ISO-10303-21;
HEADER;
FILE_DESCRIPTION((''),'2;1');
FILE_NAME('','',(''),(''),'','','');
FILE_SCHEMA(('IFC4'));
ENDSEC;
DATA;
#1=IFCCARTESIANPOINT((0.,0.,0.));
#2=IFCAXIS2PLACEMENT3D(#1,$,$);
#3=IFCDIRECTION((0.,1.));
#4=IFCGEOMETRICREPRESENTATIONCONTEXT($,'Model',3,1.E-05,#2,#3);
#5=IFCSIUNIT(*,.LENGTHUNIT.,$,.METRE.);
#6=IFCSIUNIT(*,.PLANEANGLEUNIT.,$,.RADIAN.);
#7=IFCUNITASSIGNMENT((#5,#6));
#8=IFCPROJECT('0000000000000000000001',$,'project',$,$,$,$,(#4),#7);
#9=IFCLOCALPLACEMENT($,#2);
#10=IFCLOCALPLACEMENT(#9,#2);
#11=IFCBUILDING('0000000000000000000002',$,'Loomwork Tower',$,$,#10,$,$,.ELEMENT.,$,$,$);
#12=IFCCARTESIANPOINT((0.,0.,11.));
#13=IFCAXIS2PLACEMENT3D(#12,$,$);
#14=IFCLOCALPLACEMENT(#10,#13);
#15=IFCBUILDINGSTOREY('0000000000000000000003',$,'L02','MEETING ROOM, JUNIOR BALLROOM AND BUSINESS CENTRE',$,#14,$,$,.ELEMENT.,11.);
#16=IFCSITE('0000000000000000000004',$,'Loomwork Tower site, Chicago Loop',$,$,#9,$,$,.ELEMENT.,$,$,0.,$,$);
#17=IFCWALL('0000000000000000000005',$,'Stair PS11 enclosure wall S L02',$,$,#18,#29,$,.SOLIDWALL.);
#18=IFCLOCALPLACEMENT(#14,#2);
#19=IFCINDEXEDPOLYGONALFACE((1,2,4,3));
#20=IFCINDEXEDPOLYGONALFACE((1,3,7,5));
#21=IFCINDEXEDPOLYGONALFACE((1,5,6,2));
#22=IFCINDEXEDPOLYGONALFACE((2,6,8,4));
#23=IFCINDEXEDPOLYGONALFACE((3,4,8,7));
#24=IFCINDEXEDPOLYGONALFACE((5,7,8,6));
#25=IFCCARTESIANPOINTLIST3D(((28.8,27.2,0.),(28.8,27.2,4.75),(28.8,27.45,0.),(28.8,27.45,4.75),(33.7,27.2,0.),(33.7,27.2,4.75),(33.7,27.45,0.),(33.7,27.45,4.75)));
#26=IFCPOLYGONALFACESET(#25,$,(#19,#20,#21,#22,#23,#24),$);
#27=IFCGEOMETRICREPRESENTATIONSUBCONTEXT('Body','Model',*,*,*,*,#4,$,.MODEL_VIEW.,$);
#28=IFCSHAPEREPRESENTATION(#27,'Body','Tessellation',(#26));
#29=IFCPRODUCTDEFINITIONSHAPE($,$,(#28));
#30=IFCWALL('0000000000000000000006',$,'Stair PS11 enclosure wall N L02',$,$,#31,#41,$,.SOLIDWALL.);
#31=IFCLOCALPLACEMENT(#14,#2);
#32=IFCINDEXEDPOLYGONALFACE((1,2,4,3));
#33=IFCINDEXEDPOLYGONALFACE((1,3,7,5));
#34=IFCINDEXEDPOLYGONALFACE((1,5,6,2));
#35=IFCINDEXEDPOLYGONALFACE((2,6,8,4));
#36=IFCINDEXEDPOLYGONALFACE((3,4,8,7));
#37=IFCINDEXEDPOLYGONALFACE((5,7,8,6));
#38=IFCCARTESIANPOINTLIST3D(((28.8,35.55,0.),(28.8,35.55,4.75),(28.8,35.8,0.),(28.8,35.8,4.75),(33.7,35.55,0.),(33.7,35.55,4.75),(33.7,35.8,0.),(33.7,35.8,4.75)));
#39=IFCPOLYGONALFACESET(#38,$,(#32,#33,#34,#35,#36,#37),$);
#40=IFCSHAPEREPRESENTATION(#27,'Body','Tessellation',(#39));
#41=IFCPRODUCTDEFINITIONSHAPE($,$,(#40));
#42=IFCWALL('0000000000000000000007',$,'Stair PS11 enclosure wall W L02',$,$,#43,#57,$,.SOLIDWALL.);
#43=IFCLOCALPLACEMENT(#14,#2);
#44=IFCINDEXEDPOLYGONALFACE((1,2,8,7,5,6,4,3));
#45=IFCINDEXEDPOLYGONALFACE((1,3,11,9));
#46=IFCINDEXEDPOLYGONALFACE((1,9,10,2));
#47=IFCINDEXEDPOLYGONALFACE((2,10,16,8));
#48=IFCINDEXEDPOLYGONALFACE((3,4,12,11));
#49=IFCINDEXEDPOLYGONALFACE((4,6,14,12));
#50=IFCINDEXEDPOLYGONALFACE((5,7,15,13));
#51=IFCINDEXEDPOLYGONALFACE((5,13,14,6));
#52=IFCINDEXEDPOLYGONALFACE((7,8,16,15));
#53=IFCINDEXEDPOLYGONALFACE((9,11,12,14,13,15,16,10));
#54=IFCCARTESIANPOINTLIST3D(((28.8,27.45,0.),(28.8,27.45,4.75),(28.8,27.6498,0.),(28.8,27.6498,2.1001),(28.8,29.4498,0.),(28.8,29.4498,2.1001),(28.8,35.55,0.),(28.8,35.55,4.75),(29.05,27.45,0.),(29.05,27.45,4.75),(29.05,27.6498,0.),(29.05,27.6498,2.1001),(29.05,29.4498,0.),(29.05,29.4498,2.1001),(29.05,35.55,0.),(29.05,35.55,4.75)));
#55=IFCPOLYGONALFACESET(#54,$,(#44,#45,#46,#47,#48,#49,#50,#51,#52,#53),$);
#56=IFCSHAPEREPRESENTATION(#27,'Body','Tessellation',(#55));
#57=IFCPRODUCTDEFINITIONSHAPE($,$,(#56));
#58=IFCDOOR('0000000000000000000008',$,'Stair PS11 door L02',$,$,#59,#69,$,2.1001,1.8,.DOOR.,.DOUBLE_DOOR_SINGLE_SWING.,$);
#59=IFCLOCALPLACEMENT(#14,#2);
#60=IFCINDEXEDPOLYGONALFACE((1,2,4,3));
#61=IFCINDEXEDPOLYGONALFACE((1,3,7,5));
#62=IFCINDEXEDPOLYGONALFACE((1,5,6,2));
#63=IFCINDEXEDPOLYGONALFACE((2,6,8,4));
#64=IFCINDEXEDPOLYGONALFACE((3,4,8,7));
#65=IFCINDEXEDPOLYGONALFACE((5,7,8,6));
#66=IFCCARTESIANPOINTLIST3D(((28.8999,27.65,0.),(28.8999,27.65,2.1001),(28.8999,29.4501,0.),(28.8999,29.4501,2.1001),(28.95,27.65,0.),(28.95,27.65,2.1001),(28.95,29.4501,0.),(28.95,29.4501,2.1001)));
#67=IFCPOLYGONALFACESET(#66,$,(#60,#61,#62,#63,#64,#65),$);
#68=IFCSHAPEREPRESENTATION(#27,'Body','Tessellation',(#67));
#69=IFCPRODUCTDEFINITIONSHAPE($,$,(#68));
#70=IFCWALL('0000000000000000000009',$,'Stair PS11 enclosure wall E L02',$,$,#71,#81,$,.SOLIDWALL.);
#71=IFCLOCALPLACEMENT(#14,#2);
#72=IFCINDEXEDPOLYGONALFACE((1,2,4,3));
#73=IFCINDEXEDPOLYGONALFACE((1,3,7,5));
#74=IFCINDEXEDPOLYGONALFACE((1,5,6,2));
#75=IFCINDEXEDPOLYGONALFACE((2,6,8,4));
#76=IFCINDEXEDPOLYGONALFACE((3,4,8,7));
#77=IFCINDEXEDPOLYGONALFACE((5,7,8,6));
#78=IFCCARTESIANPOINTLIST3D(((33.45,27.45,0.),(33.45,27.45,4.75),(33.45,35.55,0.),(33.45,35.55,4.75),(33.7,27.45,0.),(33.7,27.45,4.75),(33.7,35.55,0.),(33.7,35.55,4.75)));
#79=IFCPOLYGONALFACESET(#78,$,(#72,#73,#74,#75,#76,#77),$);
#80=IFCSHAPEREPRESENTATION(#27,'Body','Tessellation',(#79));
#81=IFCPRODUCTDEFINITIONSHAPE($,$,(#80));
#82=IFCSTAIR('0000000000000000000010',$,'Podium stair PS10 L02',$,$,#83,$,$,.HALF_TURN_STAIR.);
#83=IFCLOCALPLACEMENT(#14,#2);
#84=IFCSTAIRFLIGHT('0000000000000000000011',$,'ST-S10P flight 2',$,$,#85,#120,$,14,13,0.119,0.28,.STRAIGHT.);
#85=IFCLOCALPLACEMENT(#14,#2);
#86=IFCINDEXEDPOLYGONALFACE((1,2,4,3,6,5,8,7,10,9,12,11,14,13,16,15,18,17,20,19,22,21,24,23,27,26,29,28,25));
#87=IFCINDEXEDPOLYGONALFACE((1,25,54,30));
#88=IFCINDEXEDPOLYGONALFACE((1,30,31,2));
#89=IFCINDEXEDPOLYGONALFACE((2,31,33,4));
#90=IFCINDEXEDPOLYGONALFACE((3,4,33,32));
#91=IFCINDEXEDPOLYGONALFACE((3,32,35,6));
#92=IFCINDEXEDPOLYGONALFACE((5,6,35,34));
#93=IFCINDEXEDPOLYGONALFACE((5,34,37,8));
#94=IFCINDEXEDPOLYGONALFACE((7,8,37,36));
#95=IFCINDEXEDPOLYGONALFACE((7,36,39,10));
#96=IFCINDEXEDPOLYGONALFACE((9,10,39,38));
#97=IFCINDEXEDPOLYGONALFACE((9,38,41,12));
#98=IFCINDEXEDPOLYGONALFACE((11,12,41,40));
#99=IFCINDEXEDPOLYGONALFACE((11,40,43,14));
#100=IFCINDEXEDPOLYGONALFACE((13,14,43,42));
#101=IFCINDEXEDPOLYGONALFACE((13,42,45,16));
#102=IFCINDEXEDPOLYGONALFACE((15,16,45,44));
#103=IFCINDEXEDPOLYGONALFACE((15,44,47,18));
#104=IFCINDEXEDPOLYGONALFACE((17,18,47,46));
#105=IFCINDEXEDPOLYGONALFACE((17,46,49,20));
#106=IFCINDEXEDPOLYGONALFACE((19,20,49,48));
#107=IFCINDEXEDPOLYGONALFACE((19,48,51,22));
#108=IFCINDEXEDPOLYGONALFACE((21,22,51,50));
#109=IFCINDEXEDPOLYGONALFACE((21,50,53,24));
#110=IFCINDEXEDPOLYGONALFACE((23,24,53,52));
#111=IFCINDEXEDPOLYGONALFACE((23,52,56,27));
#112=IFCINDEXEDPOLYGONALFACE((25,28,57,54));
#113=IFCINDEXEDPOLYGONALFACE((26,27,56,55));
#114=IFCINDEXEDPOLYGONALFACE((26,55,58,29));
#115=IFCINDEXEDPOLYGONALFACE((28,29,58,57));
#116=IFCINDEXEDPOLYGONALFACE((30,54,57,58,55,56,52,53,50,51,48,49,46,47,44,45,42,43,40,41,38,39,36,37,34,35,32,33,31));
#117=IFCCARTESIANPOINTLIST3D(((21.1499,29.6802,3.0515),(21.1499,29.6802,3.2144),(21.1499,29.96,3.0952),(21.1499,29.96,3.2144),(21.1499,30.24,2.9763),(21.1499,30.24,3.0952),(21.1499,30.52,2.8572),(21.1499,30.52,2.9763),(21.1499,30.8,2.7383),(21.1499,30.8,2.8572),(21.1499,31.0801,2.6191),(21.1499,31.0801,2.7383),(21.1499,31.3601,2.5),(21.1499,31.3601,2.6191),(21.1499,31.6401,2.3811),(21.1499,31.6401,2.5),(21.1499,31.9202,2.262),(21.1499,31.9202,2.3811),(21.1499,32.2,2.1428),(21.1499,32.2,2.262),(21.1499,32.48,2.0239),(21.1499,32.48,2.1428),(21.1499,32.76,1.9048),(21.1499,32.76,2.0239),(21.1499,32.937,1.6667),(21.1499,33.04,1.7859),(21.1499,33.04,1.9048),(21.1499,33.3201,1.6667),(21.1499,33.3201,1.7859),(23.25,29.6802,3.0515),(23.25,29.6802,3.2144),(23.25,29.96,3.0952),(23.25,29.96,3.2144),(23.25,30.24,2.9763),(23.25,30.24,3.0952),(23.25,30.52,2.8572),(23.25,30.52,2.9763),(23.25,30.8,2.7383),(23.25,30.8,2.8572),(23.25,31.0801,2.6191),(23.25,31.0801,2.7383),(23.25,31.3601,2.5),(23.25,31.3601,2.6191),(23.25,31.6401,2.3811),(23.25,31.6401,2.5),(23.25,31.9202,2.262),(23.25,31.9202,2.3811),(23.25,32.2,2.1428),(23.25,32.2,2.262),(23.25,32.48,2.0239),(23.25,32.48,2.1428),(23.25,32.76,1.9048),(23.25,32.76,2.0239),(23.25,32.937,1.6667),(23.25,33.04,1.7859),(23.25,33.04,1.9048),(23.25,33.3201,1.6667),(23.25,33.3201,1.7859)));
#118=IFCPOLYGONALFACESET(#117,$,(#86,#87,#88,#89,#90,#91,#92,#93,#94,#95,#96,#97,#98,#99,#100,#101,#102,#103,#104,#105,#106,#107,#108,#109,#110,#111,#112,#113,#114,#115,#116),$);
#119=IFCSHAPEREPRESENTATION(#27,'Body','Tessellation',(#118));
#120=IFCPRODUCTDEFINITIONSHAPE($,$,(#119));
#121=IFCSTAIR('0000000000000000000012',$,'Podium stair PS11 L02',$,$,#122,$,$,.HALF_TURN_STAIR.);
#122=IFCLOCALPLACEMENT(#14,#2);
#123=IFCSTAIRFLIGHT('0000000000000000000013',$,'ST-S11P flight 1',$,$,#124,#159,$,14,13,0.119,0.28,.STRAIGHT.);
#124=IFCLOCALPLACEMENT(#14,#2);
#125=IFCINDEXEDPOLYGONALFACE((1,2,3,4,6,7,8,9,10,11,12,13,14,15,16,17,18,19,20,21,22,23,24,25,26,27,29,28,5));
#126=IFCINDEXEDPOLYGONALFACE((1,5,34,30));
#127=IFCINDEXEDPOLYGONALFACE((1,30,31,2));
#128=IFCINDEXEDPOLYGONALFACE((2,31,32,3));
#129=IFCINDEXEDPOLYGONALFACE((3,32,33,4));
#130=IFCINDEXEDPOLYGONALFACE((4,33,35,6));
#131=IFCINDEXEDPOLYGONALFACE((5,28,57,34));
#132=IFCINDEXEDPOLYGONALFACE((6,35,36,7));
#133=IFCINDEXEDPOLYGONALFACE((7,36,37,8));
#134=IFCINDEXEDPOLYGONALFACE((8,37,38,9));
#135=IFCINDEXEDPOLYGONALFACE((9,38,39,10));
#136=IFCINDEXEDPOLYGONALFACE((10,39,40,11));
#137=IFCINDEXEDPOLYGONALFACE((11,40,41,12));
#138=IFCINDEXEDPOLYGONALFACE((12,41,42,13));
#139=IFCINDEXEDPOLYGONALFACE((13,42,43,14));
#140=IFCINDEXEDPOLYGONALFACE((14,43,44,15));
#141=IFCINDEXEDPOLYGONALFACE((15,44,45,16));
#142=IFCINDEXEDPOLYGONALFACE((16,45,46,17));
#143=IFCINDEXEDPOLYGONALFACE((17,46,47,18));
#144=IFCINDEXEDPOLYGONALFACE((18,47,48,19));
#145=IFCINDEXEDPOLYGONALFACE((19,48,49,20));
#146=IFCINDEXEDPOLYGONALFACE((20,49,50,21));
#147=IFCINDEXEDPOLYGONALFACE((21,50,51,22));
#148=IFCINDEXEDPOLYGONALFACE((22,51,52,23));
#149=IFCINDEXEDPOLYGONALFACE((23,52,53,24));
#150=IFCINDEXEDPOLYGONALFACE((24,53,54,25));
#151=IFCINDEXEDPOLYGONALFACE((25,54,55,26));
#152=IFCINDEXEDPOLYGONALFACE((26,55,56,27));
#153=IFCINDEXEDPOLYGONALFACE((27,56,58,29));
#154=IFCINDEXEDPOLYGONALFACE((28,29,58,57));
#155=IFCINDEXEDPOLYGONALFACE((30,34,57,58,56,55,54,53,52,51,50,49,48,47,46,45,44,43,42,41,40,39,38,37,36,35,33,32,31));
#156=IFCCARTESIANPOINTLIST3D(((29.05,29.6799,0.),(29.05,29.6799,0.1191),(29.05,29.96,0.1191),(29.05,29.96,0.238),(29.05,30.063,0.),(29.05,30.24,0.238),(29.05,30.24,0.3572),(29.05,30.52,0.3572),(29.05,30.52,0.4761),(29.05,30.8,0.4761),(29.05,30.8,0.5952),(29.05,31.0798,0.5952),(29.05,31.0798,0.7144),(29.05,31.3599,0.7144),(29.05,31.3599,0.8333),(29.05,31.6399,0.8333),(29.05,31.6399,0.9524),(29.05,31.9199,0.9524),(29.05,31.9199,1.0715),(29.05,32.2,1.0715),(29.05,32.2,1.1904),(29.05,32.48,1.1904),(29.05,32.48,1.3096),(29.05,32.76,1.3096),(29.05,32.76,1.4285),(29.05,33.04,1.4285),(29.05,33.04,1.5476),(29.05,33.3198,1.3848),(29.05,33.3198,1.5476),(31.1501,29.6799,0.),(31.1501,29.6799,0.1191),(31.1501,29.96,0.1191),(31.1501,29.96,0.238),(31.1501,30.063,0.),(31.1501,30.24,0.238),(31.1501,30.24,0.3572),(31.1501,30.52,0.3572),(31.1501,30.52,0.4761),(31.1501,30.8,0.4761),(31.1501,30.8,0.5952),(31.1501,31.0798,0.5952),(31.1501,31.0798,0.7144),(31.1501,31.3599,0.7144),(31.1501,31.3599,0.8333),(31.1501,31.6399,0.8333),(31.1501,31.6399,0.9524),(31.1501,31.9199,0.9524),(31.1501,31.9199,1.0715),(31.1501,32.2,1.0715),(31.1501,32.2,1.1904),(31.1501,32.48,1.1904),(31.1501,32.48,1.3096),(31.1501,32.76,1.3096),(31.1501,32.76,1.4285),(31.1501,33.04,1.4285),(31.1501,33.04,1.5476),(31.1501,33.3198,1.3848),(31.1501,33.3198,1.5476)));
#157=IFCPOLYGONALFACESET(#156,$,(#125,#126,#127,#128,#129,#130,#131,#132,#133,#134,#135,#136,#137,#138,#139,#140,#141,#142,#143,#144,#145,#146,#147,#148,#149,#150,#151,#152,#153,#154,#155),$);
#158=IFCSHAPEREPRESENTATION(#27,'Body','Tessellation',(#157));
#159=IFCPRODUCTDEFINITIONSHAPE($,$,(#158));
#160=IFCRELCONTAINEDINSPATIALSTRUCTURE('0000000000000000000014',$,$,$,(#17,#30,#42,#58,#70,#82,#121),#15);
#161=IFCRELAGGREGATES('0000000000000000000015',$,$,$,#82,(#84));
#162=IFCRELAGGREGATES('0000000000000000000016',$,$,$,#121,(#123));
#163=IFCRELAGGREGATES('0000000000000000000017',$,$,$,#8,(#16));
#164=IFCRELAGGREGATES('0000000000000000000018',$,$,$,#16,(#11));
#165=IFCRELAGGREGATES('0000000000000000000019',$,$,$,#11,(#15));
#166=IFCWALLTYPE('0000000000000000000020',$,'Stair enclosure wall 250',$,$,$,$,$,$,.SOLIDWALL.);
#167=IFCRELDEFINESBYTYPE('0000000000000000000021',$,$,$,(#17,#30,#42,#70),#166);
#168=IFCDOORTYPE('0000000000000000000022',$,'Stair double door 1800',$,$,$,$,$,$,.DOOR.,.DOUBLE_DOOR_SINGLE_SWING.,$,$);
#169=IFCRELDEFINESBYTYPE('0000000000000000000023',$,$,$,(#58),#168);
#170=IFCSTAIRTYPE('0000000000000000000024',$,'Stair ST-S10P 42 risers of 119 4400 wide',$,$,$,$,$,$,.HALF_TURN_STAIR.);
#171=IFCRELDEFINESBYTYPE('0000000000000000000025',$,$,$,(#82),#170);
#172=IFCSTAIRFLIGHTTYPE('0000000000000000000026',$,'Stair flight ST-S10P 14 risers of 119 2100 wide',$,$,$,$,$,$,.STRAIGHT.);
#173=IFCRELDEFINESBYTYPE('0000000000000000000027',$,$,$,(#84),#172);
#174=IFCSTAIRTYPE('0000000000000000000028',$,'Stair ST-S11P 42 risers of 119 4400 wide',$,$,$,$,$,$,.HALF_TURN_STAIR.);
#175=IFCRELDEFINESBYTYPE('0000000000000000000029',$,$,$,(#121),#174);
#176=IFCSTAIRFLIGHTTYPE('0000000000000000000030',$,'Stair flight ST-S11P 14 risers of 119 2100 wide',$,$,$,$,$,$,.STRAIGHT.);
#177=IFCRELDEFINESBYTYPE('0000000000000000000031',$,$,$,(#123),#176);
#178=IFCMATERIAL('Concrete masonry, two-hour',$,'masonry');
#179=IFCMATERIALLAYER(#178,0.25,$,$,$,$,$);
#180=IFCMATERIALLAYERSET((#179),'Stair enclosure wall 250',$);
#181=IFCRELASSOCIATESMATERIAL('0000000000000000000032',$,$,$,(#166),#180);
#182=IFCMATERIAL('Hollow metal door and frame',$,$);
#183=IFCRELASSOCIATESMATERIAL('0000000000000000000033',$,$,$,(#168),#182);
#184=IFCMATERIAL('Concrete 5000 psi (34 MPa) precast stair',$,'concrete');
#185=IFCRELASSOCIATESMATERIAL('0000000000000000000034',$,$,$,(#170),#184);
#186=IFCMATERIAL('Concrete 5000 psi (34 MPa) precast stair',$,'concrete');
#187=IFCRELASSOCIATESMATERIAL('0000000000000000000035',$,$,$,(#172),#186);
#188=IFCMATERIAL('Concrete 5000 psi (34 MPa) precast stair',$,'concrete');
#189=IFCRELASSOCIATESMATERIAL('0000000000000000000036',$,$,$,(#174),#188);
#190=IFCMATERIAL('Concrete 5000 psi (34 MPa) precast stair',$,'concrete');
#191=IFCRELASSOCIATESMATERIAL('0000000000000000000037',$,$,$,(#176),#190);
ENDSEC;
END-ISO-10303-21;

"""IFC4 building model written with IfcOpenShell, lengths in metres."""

from ifc_helpers import new_model, si_unit, direction, frame, frame_2d, origin, place, context, subcontext, project, spatial, polyline, rectangle, outline, extrude, material, layer, layer_set, type_object, element, fill, aggregate, save


model = new_model("IFC4")

# Units and contexts
model_context = context("Model", 3, precision=1e-05, world=origin(), true_north=direction((0.0, 1.0)))
body_context = subcontext(model_context, "Body", "Model", "MODEL_VIEW")
ifc_project = project(units=[si_unit("LENGTHUNIT", "METRE"), si_unit("PLANEANGLEUNIT", "RADIAN")], contexts=[model_context])

# Site, building, storey
site_placement = place(None, origin())
site = spatial("IfcSite", under=ifc_project, at=site_placement, Name="Loomwork Tower site, Chicago Loop", CompositionType="ELEMENT", RefElevation=0.0)
building_placement = place(site_placement, origin())
building = spatial("IfcBuilding", under=site, at=building_placement, Name="Loomwork Tower", CompositionType="ELEMENT")
storey_placement = place(building_placement, frame((0.0, 0.0, 11.0)))
storey = spatial("IfcBuildingStorey", under=building, at=storey_placement, Name="L02", Description="MEETING ROOM, JUNIOR BALLROOM AND BUSINESS CENTRE", CompositionType="ELEMENT", Elevation=11.0)

# Shared definitions
ifc_material_1 = material(Name="Concrete masonry, two-hour", Category="masonry")
ifc_layer = layer(ifc_material_1, 0.25)
ifc_layer_set = layer_set([ifc_layer], Name="Stair enclosure wall 250")
wall_type = type_object("IfcWallType", Name="Stair enclosure wall 250", PredefinedType="SOLIDWALL", material=ifc_layer_set)
ifc_material_2 = material(Name="Hollow metal door and frame")
door_type = type_object("IfcDoorType", Name="Stair double door 1800", OperationType="DOUBLE_DOOR_SINGLE_SWING", PredefinedType="DOOR", material=ifc_material_2)

# Walls
for number, where, z_axis, x_axis, name in (
    (1, (28.8, 27.325, 0.0), (0.0, 0.0, 1.0), (1.0, 0.0, 0.0), "Stair PS11 enclosure wall S L02"),
    (2, (28.8, 35.675, 0.0), (0.0, 0.0, 1.0), (1.0, 0.0, 0.0), "Stair PS11 enclosure wall N L02"),
):
    element("IfcWall", number, at=place(storey_placement, frame(where, z_axis=z_axis, x_axis=x_axis)), inside=storey, type_object=wall_type, Name=name, PredefinedType="SOLIDWALL", context=body_context, shape_type="SweptSolid", body=[
        extrude(rectangle(XDim=4.8999, YDim=0.25, at=frame_2d((2.45, 0.0))), origin(), (0.0, 0.0, 1.0), 4.75),
    ])

# Wall, opening, door
wall_1_placement = place(storey_placement, frame((28.925, 27.45, 0.0), z_axis=(0.0, 0.0, 1.0), x_axis=(0.0, 1.0, 0.0)))
wall_1 = element("IfcWall", 3, at=wall_1_placement, inside=storey, type_object=wall_type, Name="Stair PS11 enclosure wall W L02", PredefinedType="SOLIDWALL", context=body_context, shape_type="SweptSolid", body=[
    extrude(rectangle(XDim=8.1001, YDim=0.25, at=frame_2d((4.05, 0.0))), origin(), (0.0, 0.0, 1.0), 4.75),
])
opening_1_placement = place(wall_1_placement, frame((0.2, 0.0, 0.0)))
opening_1 = element("IfcOpeningElement", 4, at=opening_1_placement, cuts=wall_1, PredefinedType="OPENING", context=body_context, shape_type="SweptSolid", body=[
    extrude(rectangle(XDim=1.8, YDim=2.1001, at=frame_2d((0.8999, 1.05))), frame((0.0, 0.135, 0.0), z_axis=(0.0, -1.0, 0.0), x_axis=(1.0, 0.0, 0.0)), (0.0, 0.0, 1.0), 0.27),
])
door_1_placement = place(opening_1_placement, frame((1.8, 0.0, 0.0), z_axis=(0.0, 0.0, 1.0), x_axis=(-1.0, 0.0, 0.0)))
door_1 = element("IfcDoor", 5, at=door_1_placement, inside=storey, type_object=door_type, Name="Stair PS11 door L02", OperationType="DOUBLE_DOOR_SINGLE_SWING", OverallHeight=2.1001, OverallWidth=1.8, PredefinedType="DOOR", context=body_context, shape_type="SweptSolid", body=[
    extrude(rectangle(XDim=1.8, YDim=2.1001, at=frame_2d((0.8999, 1.05))), frame((0.0, 0.0249, 0.0), z_axis=(0.0, -1.0, 0.0), x_axis=(1.0, 0.0, 0.0)), (0.0, 0.0, 1.0), 0.05),
])
fill(opening_1, door_1)

# Wall
wall_2_placement = place(storey_placement, frame((33.575, 27.45, 0.0), z_axis=(0.0, 0.0, 1.0), x_axis=(0.0, 1.0, 0.0)))
element("IfcWall", 6, at=wall_2_placement, inside=storey, type_object=wall_type, Name="Stair PS11 enclosure wall E L02", PredefinedType="SOLIDWALL", context=body_context, shape_type="SweptSolid", body=[
    extrude(rectangle(XDim=8.1001, YDim=0.25, at=frame_2d((4.05, 0.0))), origin(), (0.0, 0.0, 1.0), 4.75),
])

# Stair, stair flight
ifc_material_3 = material(Name="Concrete 5000 psi (34 MPa) precast stair", Category="concrete")
stair_type_1 = type_object("IfcStairType", Name="Stair ST-S10P 42 risers of 119 4400 wide", PredefinedType="HALF_TURN_STAIR", material=ifc_material_3)
stair_1_placement = place(storey_placement, origin())
stair_1 = element("IfcStair", 7, at=stair_1_placement, inside=storey, type_object=stair_type_1, Name="Podium stair PS10 L02", PredefinedType="HALF_TURN_STAIR")
ifc_material_4 = material(Name="Concrete 5000 psi (34 MPa) precast stair", Category="concrete")
stair_flight_type_1 = type_object("IfcStairFlightType", Name="Stair flight ST-S10P 14 risers of 119 2100 wide", PredefinedType="STRAIGHT", material=ifc_material_4)
stair_flight_1_placement = place(storey_placement, frame((22.2, 33.3201, 1.6667), z_axis=(0.0, 0.0, 1.0), x_axis=(0.0, -1.0, 0.0)))
stair_flight_1 = element("IfcStairFlight", 8, at=stair_flight_1_placement, type_object=stair_flight_type_1, Name="ST-S10P flight 2", NumberOfRisers=14, NumberOfTreads=13, PredefinedType="STRAIGHT", RiserHeight=0.119, TreadLength=0.28, context=body_context, shape_type="SweptSolid", body=[
    extrude(outline(polyline([(0.0, 0.0), (0.0, 0.1191), (0.28, 0.1191), (0.28, 0.238), (0.5601, 0.238), (0.5601, 0.3572), (0.8401, 0.3572), (0.8401, 0.4761), (1.1201, 0.4761), (1.1201, 0.5952), (1.3999, 0.5952), (1.3999, 0.7144), (1.6799, 0.7144), (1.6799, 0.8333), (1.96, 0.8333), (1.96, 0.9524), (2.24, 0.9524), (2.24, 1.0715), (2.52, 1.0715), (2.52, 1.1904), (2.8, 1.1904), (2.8, 1.3096), (3.0801, 1.3096), (3.0801, 1.4285), (3.3601, 1.4285), (3.3601, 1.5476), (3.6399, 1.5476), (3.6399, 1.6667), (3.6399, 1.3848), (0.3831, 0.0), (0.0, 0.0)])), frame((0.0, 1.05, 0.0), z_axis=(0.0, -1.0, 0.0), x_axis=(1.0, 0.0, 0.0)), (0.0, 0.0, 1.0), 2.1001),
])
aggregate(stair_1, [stair_flight_1])

# Stair, stair flight
ifc_material_5 = material(Name="Concrete 5000 psi (34 MPa) precast stair", Category="concrete")
stair_type_2 = type_object("IfcStairType", Name="Stair ST-S11P 42 risers of 119 4400 wide", PredefinedType="HALF_TURN_STAIR", material=ifc_material_5)
stair_2_placement = place(storey_placement, origin())
stair_2 = element("IfcStair", 9, at=stair_2_placement, inside=storey, type_object=stair_type_2, Name="Podium stair PS11 L02", PredefinedType="HALF_TURN_STAIR")
ifc_material_6 = material(Name="Concrete 5000 psi (34 MPa) precast stair", Category="concrete")
stair_flight_type_2 = type_object("IfcStairFlightType", Name="Stair flight ST-S11P 14 risers of 119 2100 wide", PredefinedType="STRAIGHT", material=ifc_material_6)
stair_flight_2_placement = place(storey_placement, frame((30.1001, 29.6799, 0.0), z_axis=(0.0, 0.0, 1.0), x_axis=(0.0, 1.0, 0.0)))
stair_flight_2 = element("IfcStairFlight", 10, at=stair_flight_2_placement, type_object=stair_flight_type_2, Name="ST-S11P flight 1", NumberOfRisers=14, NumberOfTreads=13, PredefinedType="STRAIGHT", RiserHeight=0.119, TreadLength=0.28, context=body_context, shape_type="SweptSolid", body=[
    extrude(outline(polyline([(0.0, 0.0), (0.0, 0.1191), (0.28, 0.1191), (0.28, 0.238), (0.5601, 0.238), (0.5601, 0.3572), (0.8401, 0.3572), (0.8401, 0.4761), (1.1201, 0.4761), (1.1201, 0.5952), (1.3999, 0.5952), (1.3999, 0.7144), (1.6799, 0.7144), (1.6799, 0.8333), (1.96, 0.8333), (1.96, 0.9524), (2.24, 0.9524), (2.24, 1.0715), (2.52, 1.0715), (2.52, 1.1904), (2.8, 1.1904), (2.8, 1.3096), (3.0801, 1.3096), (3.0801, 1.4285), (3.3601, 1.4285), (3.3601, 1.5476), (3.6399, 1.5476), (3.6399, 1.6667), (3.6399, 1.3848), (0.3831, 0.0), (0.0, 0.0)])), frame((0.0, 1.05, 0.0), z_axis=(0.0, -1.0, 0.0), x_axis=(1.0, 0.0, 0.0)), (0.0, 0.0, 1.0), 2.1001),
])
aggregate(stair_2, [stair_flight_2])

save(model, "model.ifc")
